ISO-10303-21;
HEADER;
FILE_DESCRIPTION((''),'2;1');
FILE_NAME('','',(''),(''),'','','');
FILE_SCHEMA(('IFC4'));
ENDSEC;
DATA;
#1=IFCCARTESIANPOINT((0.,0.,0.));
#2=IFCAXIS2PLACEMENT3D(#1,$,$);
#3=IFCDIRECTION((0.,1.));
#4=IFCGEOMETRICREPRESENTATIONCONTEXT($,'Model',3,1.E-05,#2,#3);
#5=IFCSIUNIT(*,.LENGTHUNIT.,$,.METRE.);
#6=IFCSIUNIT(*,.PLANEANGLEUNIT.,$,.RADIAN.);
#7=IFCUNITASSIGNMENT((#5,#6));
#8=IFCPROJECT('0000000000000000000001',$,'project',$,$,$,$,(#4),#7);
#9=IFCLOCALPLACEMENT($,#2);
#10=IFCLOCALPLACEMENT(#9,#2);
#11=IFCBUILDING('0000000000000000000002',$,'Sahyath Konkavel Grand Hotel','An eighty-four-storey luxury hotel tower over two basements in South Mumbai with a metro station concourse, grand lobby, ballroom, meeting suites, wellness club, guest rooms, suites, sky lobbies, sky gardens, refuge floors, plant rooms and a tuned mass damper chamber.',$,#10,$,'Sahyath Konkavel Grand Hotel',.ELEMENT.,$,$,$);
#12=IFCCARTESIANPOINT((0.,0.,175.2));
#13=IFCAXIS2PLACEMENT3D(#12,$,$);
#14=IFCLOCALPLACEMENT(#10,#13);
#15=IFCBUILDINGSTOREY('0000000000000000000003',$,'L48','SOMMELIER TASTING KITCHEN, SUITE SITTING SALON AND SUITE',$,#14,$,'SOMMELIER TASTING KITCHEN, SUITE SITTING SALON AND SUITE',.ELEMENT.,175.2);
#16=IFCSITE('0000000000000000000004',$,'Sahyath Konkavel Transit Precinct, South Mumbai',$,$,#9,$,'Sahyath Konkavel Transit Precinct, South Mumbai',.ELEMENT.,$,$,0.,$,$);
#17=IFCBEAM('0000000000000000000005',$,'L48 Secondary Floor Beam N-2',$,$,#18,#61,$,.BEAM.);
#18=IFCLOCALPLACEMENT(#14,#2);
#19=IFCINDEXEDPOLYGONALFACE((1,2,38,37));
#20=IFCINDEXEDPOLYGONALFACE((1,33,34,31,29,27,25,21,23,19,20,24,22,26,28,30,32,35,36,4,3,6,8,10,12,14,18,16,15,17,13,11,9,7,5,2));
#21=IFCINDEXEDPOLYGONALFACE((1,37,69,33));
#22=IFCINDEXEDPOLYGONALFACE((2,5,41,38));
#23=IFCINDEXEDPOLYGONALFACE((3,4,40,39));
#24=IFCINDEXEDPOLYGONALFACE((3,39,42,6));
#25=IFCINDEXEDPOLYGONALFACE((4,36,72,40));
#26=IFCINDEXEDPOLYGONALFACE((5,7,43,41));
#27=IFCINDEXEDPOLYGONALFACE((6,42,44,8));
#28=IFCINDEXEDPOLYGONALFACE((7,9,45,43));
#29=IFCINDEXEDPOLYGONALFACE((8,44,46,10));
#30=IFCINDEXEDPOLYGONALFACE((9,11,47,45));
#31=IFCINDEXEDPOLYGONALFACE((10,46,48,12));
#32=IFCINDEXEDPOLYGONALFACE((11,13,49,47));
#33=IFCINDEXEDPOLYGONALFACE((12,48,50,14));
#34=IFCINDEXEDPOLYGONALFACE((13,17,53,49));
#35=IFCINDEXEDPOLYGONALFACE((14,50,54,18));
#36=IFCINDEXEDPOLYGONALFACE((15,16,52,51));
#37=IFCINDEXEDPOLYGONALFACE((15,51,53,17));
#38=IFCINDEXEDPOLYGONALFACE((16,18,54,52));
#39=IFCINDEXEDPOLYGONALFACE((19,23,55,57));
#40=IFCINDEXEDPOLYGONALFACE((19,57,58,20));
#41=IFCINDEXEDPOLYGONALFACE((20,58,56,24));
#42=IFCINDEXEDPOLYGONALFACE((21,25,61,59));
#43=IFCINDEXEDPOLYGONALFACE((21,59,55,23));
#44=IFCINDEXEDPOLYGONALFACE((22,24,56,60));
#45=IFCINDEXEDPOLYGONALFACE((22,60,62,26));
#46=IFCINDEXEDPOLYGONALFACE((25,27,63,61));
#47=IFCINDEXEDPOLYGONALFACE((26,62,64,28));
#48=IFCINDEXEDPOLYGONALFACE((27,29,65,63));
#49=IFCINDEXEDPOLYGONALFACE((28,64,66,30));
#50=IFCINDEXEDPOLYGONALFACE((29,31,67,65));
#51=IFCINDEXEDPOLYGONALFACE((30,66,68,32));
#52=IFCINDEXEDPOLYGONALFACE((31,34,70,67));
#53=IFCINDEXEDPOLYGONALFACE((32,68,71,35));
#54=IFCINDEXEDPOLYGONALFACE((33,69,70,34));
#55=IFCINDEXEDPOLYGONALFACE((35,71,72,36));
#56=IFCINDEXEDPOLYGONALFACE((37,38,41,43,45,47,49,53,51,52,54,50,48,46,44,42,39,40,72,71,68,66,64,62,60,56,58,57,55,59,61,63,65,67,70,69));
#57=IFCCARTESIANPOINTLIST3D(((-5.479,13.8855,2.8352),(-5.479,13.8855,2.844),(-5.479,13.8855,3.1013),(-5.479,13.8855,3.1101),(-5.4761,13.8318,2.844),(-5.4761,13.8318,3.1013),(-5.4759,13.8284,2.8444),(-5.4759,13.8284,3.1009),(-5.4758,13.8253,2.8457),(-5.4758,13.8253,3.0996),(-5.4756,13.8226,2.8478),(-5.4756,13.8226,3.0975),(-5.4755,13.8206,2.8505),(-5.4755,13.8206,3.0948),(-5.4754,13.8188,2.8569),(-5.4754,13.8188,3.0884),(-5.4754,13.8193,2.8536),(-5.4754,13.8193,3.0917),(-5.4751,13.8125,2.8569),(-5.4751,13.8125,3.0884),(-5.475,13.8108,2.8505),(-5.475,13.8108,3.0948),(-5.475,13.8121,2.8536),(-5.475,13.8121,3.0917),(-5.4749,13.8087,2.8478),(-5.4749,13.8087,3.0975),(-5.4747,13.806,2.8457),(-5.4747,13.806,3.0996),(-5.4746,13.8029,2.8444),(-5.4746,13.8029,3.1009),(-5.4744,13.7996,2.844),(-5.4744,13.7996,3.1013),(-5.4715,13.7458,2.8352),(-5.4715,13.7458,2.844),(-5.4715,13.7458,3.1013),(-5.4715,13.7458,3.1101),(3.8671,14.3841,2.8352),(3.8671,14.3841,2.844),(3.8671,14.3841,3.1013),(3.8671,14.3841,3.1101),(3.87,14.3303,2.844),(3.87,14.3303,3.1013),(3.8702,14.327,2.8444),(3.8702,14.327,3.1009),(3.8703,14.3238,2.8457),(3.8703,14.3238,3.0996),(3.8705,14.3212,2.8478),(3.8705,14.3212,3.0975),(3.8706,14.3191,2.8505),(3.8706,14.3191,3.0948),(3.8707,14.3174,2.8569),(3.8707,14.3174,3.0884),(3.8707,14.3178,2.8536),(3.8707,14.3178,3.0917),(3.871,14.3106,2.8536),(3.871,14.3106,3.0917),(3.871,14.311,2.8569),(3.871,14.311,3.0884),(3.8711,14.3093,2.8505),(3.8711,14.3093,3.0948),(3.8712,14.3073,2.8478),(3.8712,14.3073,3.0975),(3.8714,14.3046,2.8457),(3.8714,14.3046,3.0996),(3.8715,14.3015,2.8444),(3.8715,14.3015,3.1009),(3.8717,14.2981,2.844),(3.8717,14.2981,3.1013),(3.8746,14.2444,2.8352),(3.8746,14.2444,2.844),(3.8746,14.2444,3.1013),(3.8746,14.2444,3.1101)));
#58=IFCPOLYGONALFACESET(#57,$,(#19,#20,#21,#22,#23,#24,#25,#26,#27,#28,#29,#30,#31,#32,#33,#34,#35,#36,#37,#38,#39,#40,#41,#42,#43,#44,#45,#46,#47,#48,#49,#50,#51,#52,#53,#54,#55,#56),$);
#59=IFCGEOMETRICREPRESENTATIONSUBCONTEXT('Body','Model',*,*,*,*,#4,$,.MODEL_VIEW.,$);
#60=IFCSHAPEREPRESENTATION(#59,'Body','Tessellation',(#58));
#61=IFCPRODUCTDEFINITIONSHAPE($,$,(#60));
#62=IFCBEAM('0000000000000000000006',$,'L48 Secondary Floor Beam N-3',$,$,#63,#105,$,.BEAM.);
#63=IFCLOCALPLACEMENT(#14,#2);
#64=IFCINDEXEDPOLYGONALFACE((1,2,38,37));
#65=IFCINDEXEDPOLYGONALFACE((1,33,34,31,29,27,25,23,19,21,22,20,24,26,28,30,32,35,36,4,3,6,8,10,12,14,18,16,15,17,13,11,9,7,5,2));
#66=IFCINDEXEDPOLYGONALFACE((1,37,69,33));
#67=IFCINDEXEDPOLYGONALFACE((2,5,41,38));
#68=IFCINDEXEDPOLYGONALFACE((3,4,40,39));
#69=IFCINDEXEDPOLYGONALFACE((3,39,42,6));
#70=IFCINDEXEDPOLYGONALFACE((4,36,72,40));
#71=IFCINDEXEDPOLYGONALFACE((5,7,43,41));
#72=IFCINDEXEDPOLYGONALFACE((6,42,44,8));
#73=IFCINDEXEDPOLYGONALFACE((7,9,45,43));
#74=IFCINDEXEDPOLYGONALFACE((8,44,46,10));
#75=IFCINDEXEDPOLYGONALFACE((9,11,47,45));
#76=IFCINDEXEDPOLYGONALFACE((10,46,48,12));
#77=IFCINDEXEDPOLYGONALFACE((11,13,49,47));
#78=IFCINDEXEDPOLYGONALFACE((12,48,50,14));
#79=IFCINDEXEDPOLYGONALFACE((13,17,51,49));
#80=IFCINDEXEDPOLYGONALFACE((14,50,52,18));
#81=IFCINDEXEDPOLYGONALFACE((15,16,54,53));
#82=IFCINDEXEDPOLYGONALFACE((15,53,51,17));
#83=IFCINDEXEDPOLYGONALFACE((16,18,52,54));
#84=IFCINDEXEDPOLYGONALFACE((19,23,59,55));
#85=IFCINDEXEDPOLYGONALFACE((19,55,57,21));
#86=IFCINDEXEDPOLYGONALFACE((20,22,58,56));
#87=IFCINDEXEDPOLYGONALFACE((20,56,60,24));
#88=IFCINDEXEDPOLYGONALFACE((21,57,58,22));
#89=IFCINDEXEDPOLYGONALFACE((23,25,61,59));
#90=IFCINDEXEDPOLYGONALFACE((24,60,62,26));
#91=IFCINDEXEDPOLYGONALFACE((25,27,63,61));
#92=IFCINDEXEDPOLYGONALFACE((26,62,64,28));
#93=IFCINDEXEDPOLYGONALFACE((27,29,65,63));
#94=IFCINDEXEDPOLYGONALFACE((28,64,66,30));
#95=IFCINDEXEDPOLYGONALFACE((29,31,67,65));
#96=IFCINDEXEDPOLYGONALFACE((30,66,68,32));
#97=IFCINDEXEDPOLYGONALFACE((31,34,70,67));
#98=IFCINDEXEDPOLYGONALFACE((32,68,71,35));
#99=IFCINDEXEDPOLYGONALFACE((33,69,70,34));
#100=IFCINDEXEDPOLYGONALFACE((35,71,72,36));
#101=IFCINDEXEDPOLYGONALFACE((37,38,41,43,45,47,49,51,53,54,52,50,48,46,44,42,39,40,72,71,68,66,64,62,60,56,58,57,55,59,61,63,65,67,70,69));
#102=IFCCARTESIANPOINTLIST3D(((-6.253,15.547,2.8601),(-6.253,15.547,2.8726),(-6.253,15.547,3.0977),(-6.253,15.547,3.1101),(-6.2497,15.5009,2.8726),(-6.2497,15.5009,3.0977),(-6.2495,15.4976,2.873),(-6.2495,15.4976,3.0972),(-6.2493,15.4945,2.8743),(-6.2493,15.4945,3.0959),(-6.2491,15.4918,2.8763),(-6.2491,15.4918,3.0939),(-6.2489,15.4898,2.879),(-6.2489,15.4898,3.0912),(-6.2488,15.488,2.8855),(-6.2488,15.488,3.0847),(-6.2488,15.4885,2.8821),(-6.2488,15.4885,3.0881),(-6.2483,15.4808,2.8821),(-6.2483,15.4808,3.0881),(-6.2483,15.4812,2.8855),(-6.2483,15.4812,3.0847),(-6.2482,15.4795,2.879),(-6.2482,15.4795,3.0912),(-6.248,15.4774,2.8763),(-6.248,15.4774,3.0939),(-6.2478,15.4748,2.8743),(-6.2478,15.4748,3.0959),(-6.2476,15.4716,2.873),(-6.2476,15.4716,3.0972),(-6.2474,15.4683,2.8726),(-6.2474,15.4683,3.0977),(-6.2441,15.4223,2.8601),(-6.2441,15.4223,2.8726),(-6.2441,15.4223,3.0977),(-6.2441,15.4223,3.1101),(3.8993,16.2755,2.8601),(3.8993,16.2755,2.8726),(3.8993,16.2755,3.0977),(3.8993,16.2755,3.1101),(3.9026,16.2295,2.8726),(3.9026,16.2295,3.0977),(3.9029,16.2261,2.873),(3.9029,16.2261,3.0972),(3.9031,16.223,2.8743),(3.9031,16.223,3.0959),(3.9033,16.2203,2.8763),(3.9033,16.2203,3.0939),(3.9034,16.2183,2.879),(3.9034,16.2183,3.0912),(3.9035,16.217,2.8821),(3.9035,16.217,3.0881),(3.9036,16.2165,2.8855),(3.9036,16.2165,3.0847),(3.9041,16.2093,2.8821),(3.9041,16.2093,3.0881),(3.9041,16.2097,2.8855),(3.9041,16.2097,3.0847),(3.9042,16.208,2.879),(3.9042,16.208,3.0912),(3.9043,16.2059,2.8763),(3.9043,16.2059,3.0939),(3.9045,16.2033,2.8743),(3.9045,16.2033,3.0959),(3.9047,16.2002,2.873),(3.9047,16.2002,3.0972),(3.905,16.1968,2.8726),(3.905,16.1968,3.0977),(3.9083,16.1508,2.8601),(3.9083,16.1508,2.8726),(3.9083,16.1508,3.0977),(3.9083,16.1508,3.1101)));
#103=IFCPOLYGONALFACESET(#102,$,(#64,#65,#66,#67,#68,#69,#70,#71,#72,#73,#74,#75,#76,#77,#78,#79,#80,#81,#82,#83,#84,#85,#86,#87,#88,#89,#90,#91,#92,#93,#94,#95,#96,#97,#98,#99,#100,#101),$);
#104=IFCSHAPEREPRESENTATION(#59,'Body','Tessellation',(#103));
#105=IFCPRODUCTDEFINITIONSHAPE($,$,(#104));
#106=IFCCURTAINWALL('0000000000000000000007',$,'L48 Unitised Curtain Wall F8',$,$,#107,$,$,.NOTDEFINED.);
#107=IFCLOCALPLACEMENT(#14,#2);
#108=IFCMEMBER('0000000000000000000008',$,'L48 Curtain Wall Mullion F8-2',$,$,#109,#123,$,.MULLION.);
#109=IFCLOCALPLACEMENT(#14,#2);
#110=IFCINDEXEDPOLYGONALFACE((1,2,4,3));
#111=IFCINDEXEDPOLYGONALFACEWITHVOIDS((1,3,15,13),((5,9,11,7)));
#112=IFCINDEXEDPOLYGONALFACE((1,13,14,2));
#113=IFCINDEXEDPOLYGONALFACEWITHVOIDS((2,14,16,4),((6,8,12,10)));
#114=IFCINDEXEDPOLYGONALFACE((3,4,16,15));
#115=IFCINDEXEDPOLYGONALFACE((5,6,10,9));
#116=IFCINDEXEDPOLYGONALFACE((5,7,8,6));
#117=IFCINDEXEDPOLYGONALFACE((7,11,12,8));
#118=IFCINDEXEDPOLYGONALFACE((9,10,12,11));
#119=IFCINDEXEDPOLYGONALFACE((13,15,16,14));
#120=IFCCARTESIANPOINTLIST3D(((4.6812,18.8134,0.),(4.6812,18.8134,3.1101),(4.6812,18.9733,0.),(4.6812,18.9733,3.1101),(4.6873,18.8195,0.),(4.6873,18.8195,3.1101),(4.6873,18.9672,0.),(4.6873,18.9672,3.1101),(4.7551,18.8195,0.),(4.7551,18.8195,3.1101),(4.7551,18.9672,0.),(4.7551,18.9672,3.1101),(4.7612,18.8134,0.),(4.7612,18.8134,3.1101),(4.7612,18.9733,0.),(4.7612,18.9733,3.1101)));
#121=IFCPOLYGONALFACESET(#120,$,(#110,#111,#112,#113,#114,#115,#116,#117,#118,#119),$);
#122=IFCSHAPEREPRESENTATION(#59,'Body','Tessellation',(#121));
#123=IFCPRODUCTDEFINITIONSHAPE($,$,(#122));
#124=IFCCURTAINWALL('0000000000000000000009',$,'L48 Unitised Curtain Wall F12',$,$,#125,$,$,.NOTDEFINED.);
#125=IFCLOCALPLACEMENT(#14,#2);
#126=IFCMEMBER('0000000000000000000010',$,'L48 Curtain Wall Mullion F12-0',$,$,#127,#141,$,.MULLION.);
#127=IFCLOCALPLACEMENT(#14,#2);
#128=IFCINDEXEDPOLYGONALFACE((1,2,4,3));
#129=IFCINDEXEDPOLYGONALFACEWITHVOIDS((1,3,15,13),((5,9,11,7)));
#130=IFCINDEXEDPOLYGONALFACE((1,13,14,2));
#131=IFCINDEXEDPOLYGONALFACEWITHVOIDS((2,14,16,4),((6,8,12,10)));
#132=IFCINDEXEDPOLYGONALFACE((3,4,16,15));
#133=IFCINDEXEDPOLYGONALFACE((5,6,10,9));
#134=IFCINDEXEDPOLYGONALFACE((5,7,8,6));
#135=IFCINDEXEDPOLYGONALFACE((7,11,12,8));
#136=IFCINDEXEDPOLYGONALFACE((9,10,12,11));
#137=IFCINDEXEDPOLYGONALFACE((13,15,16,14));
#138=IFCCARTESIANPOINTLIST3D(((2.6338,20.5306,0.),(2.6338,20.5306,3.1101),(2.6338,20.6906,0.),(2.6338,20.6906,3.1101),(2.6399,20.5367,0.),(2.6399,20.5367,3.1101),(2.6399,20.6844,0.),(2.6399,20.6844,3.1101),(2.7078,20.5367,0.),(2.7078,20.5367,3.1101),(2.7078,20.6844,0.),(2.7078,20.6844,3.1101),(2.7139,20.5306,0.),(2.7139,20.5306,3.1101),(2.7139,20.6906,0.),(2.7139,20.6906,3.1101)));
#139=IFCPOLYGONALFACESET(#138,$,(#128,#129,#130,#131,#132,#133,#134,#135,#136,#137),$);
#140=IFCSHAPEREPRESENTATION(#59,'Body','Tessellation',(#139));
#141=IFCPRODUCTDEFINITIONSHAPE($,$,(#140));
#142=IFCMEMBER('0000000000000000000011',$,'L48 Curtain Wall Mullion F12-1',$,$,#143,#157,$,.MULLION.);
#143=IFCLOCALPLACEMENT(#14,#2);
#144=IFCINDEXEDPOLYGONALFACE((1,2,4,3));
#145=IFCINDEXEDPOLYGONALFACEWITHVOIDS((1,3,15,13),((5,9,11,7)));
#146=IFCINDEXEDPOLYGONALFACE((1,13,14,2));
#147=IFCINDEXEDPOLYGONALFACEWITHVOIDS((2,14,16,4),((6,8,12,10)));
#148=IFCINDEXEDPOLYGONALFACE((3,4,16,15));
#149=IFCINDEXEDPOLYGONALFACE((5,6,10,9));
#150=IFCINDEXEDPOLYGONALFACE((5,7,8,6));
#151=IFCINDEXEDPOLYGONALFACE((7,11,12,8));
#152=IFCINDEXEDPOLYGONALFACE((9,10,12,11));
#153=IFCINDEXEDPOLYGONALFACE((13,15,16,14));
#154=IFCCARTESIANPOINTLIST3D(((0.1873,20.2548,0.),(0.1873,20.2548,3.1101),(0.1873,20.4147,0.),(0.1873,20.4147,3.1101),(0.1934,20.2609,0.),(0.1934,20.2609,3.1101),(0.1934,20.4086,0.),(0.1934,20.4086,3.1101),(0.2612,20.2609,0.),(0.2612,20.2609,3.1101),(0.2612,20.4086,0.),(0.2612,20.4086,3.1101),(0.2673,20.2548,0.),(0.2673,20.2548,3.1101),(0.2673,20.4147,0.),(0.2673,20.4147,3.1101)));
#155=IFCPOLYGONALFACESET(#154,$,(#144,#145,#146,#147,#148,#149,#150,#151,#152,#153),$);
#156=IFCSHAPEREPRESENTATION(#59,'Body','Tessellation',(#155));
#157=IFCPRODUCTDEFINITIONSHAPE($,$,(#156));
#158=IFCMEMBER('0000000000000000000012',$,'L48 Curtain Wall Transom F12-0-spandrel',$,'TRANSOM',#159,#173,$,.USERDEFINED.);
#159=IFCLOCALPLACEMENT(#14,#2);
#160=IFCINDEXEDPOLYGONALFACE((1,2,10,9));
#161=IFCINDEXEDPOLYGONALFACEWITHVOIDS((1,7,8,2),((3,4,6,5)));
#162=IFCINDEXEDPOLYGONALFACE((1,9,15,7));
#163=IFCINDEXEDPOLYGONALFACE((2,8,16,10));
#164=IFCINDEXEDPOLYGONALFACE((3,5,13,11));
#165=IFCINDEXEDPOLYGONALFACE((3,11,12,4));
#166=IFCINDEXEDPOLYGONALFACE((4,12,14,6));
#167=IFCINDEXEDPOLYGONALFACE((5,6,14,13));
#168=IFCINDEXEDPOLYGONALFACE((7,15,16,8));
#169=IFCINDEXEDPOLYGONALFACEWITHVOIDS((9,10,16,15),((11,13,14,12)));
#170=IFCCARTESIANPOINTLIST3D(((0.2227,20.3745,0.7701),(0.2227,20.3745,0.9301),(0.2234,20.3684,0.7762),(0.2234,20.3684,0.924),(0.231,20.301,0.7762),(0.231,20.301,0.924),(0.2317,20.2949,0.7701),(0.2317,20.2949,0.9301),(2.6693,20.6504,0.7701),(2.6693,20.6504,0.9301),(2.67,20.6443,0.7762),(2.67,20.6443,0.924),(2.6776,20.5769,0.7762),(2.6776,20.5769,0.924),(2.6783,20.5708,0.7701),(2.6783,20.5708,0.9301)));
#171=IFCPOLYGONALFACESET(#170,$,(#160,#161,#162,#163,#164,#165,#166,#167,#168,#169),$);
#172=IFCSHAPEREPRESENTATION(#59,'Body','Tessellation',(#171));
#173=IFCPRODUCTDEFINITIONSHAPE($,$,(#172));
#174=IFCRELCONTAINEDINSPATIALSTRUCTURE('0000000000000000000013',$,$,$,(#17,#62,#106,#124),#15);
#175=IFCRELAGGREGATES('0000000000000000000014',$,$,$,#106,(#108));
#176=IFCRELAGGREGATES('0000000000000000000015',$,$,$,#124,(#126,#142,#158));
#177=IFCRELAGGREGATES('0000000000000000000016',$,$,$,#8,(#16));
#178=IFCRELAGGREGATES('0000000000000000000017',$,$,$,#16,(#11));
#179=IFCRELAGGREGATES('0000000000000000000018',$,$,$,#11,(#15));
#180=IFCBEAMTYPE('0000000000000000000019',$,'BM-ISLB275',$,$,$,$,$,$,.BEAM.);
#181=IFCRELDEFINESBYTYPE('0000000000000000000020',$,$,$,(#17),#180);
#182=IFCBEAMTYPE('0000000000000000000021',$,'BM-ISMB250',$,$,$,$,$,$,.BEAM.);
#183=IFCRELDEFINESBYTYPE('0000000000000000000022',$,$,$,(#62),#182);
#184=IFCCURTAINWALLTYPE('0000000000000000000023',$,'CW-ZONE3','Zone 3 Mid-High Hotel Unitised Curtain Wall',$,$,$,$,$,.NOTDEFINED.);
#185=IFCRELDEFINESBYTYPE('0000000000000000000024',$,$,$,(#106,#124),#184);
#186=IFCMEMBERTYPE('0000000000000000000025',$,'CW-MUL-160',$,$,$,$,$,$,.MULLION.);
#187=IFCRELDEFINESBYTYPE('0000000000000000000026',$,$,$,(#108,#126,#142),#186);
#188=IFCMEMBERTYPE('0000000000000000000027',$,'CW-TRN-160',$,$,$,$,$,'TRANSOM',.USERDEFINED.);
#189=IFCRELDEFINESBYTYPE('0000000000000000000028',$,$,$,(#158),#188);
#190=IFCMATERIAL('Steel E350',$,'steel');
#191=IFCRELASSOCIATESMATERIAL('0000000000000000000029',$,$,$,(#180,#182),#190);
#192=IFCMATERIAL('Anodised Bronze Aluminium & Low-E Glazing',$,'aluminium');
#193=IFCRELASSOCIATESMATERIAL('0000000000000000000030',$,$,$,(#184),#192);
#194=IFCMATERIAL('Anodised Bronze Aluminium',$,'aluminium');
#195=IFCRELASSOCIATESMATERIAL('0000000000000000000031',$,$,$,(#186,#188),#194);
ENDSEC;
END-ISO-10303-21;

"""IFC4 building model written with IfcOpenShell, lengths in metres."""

from ifc_helpers import new_model, si_unit, direction, frame, origin, origin_2d, place, context, subcontext, project, spatial, hollow_rectangle, i_section, extrude, source, transform, mapped, material, material_profile, profile_set, type_object, element, aggregate, save


model = new_model("IFC4")

# Units and contexts
model_context = context("Model", 3, precision=1e-05, world=origin(), true_north=direction((0.0, 1.0)))
body_context = subcontext(model_context, "Body", "Model", "MODEL_VIEW")
ifc_project = project(units=[si_unit("LENGTHUNIT", "METRE"), si_unit("PLANEANGLEUNIT", "RADIAN")], contexts=[model_context])

# Site, building, storey
site_placement = place(None, origin())
site = spatial("IfcSite", under=ifc_project, at=site_placement, Name="Sahyath Konkavel Transit Precinct, South Mumbai", LongName="Sahyath Konkavel Transit Precinct, South Mumbai", CompositionType="ELEMENT", RefElevation=0.0)
building_placement = place(site_placement, origin())
building = spatial("IfcBuilding", under=site, at=building_placement, Name="Sahyath Konkavel Grand Hotel", Description="An eighty-four-storey luxury hotel tower over two basements in South Mumbai with a metro station concourse, grand lobby, ballroom, meeting suites, wellness club, guest rooms, suites, sky lobbies, sky gardens, refuge floors, plant rooms and a tuned mass damper chamber.", LongName="Sahyath Konkavel Grand Hotel", CompositionType="ELEMENT")
storey_placement = place(building_placement, frame((0.0, 0.0, 175.2)))
storey = spatial("IfcBuildingStorey", under=building, at=storey_placement, Name="L48", Description="SOMMELIER TASTING KITCHEN, SUITE SITTING SALON AND SUITE", LongName="SOMMELIER TASTING KITCHEN, SUITE SITTING SALON AND SUITE", CompositionType="ELEMENT", Elevation=175.2)

# Beams
ifc_material_1 = material(Name="Steel E350", Category="steel")
ifc_material_profile_1 = material_profile(ifc_material_1, i_section(OverallWidth=0.1399, OverallDepth=0.2749, WebThickness=0.0063, FlangeThickness=0.0088, FilletRadius=0.0129, at=origin_2d()), Name="ISLB 275")
ifc_profile_set_1 = profile_set([ifc_material_profile_1], Name="Steel E350")
beam_type_1 = type_object("IfcBeamType", Name="BM-ISLB275", PredefinedType="BEAM", material=ifc_profile_set_1)
shared_shape_1 = source(origin(), body_context, "Body", "SweptSolid", [
    extrude(i_section(OverallWidth=0.1399, OverallDepth=0.2749, WebThickness=0.0063, FlangeThickness=0.0088, FilletRadius=0.0129, at=origin_2d()), origin(), (0.0, 0.0, 1.0), 9.3594),
])
beam_1_placement = place(storey_placement, frame((3.8708, 14.3142, 2.9727), z_axis=(-0.99858, -0.053265, 0.0), x_axis=(0.053265, -0.99858, 0.0)))
element("IfcBeam", 1, at=beam_1_placement, inside=storey, type_object=beam_type_1, Name="L48 Secondary Floor Beam N-2", PredefinedType="BEAM", context=body_context, shape_type="MappedRepresentation", body=[
    mapped(shared_shape_1, transform((0.0, 0.0, 0.0), scale=1.0)),
])
ifc_material_profile_2 = material_profile(ifc_material_1, i_section(OverallWidth=0.125, OverallDepth=0.25, WebThickness=0.0068, FlangeThickness=0.0125, FilletRadius=0.0129, at=origin_2d()), Name="ISMB 250")
ifc_profile_set_2 = profile_set([ifc_material_profile_2], Name="Steel E350")
beam_type_2 = type_object("IfcBeamType", Name="BM-ISMB250", PredefinedType="BEAM", material=ifc_profile_set_2)
shared_shape_2 = source(origin(), body_context, "Body", "SweptSolid", [
    extrude(i_section(OverallWidth=0.125, OverallDepth=0.25, WebThickness=0.0068, FlangeThickness=0.0125, FilletRadius=0.0129, at=origin_2d()), origin(), (0.0, 0.0, 1.0), 10.1785),
])
beam_2_placement = place(storey_placement, frame((3.9038, 16.2131, 2.9851), z_axis=(-0.997435, -0.071574, 0.0), x_axis=(0.071574, -0.997435, 0.0)))
element("IfcBeam", 2, at=beam_2_placement, inside=storey, type_object=beam_type_2, Name="L48 Secondary Floor Beam N-3", PredefinedType="BEAM", context=body_context, shape_type="MappedRepresentation", body=[
    mapped(shared_shape_2, transform((0.0, 0.0, 0.0), scale=1.0)),
])

# Curtain wall, member
ifc_material_2 = material(Name="Anodised Bronze Aluminium & Low-E Glazing", Category="aluminium")
curtain_wall_type = type_object("IfcCurtainWallType", Name="CW-ZONE3", Description="Zone 3 Mid-High Hotel Unitised Curtain Wall", PredefinedType="NOTDEFINED", material=ifc_material_2)
curtain_wall_1_placement = place(storey_placement, origin())
curtain_wall_1 = element("IfcCurtainWall", 3, at=curtain_wall_1_placement, inside=storey, type_object=curtain_wall_type, Name="L48 Unitised Curtain Wall F8", PredefinedType="NOTDEFINED")
ifc_material_3 = material(Name="Anodised Bronze Aluminium", Category="aluminium")
ifc_material_profile_3 = material_profile(ifc_material_3, hollow_rectangle(XDim=0.0801, YDim=0.1599, WallThickness=0.0061, at=origin_2d()), Name="RHS 160x80x6")
ifc_profile_set_3 = profile_set([ifc_material_profile_3], Name="Anodised Bronze Aluminium")
member_type_1 = type_object("IfcMemberType", Name="CW-MUL-160", PredefinedType="MULLION", material=ifc_profile_set_3)
shared_shape_3 = source(origin(), body_context, "Body", "SweptSolid", [
    extrude(hollow_rectangle(XDim=0.0801, YDim=0.1599, WallThickness=0.0061, at=origin_2d()), origin(), (0.0, 0.0, 1.0), 3.1101),
])
member_1_placement = place(storey_placement, frame((4.7212, 18.8933, 0.0), z_axis=(0.0, 0.0, 1.0), x_axis=(1.0, 0.0, 0.0)))
member_1 = element("IfcMember", 4, at=member_1_placement, type_object=member_type_1, Name="L48 Curtain Wall Mullion F8-2", PredefinedType="MULLION", context=body_context, shape_type="MappedRepresentation", body=[
    mapped(shared_shape_3, transform((0.0, 0.0, 0.0), scale=1.0)),
])
aggregate(curtain_wall_1, [member_1])

# Curtain wall, members
curtain_wall_2_placement = place(storey_placement, origin())
curtain_wall_2 = element("IfcCurtainWall", 5, at=curtain_wall_2_placement, inside=storey, type_object=curtain_wall_type, Name="L48 Unitised Curtain Wall F12", PredefinedType="NOTDEFINED")
member_2_placement = place(storey_placement, frame((2.6738, 20.6106, 0.0), z_axis=(0.0, 0.0, 1.0), x_axis=(1.0, 0.0, 0.0)))
member_2 = element("IfcMember", 6, at=member_2_placement, type_object=member_type_1, Name="L48 Curtain Wall Mullion F12-0", PredefinedType="MULLION", context=body_context, shape_type="MappedRepresentation", body=[
    mapped(shared_shape_3, transform((0.0, 0.0, 0.0), scale=1.0)),
])
member_3_placement = place(storey_placement, frame((0.2273, 20.3347, 0.0), z_axis=(0.0, 0.0, 1.0), x_axis=(1.0, 0.0, 0.0)))
member_3 = element("IfcMember", 7, at=member_3_placement, type_object=member_type_1, Name="L48 Curtain Wall Mullion F12-1", PredefinedType="MULLION", context=body_context, shape_type="MappedRepresentation", body=[
    mapped(shared_shape_3, transform((0.0, 0.0, 0.0), scale=1.0)),
])
ifc_material_profile_4 = material_profile(ifc_material_3, hollow_rectangle(XDim=0.0801, YDim=0.1599, WallThickness=0.0061, at=origin_2d()), Name="RHS 160x80x6")
ifc_profile_set_4 = profile_set([ifc_material_profile_4], Name="Anodised Bronze Aluminium")
member_type_2 = type_object("IfcMemberType", Name="CW-TRN-160", ElementType="TRANSOM", PredefinedType="USERDEFINED", material=ifc_profile_set_4)
shared_shape_4 = source(origin(), body_context, "Body", "SweptSolid", [
    extrude(hollow_rectangle(XDim=0.0801, YDim=0.1599, WallThickness=0.0061, at=origin_2d()), origin(), (0.0, 0.0, 1.0), 2.4622),
])
member_4_placement = place(storey_placement, frame((2.6738, 20.6106, 0.8501), z_axis=(-0.993702, -0.112053, 0.0), x_axis=(0.112053, -0.993702, 0.0)))
member_4 = element("IfcMember", 8, at=member_4_placement, type_object=member_type_2, Name="L48 Curtain Wall Transom F12-0-spandrel", ObjectType="TRANSOM", PredefinedType="USERDEFINED", context=body_context, shape_type="MappedRepresentation", body=[
    mapped(shared_shape_4, transform((0.0, 0.0, 0.0), scale=1.0)),
])
aggregate(curtain_wall_2, [member_2, member_3, member_4])

save(model, "model.ifc")
